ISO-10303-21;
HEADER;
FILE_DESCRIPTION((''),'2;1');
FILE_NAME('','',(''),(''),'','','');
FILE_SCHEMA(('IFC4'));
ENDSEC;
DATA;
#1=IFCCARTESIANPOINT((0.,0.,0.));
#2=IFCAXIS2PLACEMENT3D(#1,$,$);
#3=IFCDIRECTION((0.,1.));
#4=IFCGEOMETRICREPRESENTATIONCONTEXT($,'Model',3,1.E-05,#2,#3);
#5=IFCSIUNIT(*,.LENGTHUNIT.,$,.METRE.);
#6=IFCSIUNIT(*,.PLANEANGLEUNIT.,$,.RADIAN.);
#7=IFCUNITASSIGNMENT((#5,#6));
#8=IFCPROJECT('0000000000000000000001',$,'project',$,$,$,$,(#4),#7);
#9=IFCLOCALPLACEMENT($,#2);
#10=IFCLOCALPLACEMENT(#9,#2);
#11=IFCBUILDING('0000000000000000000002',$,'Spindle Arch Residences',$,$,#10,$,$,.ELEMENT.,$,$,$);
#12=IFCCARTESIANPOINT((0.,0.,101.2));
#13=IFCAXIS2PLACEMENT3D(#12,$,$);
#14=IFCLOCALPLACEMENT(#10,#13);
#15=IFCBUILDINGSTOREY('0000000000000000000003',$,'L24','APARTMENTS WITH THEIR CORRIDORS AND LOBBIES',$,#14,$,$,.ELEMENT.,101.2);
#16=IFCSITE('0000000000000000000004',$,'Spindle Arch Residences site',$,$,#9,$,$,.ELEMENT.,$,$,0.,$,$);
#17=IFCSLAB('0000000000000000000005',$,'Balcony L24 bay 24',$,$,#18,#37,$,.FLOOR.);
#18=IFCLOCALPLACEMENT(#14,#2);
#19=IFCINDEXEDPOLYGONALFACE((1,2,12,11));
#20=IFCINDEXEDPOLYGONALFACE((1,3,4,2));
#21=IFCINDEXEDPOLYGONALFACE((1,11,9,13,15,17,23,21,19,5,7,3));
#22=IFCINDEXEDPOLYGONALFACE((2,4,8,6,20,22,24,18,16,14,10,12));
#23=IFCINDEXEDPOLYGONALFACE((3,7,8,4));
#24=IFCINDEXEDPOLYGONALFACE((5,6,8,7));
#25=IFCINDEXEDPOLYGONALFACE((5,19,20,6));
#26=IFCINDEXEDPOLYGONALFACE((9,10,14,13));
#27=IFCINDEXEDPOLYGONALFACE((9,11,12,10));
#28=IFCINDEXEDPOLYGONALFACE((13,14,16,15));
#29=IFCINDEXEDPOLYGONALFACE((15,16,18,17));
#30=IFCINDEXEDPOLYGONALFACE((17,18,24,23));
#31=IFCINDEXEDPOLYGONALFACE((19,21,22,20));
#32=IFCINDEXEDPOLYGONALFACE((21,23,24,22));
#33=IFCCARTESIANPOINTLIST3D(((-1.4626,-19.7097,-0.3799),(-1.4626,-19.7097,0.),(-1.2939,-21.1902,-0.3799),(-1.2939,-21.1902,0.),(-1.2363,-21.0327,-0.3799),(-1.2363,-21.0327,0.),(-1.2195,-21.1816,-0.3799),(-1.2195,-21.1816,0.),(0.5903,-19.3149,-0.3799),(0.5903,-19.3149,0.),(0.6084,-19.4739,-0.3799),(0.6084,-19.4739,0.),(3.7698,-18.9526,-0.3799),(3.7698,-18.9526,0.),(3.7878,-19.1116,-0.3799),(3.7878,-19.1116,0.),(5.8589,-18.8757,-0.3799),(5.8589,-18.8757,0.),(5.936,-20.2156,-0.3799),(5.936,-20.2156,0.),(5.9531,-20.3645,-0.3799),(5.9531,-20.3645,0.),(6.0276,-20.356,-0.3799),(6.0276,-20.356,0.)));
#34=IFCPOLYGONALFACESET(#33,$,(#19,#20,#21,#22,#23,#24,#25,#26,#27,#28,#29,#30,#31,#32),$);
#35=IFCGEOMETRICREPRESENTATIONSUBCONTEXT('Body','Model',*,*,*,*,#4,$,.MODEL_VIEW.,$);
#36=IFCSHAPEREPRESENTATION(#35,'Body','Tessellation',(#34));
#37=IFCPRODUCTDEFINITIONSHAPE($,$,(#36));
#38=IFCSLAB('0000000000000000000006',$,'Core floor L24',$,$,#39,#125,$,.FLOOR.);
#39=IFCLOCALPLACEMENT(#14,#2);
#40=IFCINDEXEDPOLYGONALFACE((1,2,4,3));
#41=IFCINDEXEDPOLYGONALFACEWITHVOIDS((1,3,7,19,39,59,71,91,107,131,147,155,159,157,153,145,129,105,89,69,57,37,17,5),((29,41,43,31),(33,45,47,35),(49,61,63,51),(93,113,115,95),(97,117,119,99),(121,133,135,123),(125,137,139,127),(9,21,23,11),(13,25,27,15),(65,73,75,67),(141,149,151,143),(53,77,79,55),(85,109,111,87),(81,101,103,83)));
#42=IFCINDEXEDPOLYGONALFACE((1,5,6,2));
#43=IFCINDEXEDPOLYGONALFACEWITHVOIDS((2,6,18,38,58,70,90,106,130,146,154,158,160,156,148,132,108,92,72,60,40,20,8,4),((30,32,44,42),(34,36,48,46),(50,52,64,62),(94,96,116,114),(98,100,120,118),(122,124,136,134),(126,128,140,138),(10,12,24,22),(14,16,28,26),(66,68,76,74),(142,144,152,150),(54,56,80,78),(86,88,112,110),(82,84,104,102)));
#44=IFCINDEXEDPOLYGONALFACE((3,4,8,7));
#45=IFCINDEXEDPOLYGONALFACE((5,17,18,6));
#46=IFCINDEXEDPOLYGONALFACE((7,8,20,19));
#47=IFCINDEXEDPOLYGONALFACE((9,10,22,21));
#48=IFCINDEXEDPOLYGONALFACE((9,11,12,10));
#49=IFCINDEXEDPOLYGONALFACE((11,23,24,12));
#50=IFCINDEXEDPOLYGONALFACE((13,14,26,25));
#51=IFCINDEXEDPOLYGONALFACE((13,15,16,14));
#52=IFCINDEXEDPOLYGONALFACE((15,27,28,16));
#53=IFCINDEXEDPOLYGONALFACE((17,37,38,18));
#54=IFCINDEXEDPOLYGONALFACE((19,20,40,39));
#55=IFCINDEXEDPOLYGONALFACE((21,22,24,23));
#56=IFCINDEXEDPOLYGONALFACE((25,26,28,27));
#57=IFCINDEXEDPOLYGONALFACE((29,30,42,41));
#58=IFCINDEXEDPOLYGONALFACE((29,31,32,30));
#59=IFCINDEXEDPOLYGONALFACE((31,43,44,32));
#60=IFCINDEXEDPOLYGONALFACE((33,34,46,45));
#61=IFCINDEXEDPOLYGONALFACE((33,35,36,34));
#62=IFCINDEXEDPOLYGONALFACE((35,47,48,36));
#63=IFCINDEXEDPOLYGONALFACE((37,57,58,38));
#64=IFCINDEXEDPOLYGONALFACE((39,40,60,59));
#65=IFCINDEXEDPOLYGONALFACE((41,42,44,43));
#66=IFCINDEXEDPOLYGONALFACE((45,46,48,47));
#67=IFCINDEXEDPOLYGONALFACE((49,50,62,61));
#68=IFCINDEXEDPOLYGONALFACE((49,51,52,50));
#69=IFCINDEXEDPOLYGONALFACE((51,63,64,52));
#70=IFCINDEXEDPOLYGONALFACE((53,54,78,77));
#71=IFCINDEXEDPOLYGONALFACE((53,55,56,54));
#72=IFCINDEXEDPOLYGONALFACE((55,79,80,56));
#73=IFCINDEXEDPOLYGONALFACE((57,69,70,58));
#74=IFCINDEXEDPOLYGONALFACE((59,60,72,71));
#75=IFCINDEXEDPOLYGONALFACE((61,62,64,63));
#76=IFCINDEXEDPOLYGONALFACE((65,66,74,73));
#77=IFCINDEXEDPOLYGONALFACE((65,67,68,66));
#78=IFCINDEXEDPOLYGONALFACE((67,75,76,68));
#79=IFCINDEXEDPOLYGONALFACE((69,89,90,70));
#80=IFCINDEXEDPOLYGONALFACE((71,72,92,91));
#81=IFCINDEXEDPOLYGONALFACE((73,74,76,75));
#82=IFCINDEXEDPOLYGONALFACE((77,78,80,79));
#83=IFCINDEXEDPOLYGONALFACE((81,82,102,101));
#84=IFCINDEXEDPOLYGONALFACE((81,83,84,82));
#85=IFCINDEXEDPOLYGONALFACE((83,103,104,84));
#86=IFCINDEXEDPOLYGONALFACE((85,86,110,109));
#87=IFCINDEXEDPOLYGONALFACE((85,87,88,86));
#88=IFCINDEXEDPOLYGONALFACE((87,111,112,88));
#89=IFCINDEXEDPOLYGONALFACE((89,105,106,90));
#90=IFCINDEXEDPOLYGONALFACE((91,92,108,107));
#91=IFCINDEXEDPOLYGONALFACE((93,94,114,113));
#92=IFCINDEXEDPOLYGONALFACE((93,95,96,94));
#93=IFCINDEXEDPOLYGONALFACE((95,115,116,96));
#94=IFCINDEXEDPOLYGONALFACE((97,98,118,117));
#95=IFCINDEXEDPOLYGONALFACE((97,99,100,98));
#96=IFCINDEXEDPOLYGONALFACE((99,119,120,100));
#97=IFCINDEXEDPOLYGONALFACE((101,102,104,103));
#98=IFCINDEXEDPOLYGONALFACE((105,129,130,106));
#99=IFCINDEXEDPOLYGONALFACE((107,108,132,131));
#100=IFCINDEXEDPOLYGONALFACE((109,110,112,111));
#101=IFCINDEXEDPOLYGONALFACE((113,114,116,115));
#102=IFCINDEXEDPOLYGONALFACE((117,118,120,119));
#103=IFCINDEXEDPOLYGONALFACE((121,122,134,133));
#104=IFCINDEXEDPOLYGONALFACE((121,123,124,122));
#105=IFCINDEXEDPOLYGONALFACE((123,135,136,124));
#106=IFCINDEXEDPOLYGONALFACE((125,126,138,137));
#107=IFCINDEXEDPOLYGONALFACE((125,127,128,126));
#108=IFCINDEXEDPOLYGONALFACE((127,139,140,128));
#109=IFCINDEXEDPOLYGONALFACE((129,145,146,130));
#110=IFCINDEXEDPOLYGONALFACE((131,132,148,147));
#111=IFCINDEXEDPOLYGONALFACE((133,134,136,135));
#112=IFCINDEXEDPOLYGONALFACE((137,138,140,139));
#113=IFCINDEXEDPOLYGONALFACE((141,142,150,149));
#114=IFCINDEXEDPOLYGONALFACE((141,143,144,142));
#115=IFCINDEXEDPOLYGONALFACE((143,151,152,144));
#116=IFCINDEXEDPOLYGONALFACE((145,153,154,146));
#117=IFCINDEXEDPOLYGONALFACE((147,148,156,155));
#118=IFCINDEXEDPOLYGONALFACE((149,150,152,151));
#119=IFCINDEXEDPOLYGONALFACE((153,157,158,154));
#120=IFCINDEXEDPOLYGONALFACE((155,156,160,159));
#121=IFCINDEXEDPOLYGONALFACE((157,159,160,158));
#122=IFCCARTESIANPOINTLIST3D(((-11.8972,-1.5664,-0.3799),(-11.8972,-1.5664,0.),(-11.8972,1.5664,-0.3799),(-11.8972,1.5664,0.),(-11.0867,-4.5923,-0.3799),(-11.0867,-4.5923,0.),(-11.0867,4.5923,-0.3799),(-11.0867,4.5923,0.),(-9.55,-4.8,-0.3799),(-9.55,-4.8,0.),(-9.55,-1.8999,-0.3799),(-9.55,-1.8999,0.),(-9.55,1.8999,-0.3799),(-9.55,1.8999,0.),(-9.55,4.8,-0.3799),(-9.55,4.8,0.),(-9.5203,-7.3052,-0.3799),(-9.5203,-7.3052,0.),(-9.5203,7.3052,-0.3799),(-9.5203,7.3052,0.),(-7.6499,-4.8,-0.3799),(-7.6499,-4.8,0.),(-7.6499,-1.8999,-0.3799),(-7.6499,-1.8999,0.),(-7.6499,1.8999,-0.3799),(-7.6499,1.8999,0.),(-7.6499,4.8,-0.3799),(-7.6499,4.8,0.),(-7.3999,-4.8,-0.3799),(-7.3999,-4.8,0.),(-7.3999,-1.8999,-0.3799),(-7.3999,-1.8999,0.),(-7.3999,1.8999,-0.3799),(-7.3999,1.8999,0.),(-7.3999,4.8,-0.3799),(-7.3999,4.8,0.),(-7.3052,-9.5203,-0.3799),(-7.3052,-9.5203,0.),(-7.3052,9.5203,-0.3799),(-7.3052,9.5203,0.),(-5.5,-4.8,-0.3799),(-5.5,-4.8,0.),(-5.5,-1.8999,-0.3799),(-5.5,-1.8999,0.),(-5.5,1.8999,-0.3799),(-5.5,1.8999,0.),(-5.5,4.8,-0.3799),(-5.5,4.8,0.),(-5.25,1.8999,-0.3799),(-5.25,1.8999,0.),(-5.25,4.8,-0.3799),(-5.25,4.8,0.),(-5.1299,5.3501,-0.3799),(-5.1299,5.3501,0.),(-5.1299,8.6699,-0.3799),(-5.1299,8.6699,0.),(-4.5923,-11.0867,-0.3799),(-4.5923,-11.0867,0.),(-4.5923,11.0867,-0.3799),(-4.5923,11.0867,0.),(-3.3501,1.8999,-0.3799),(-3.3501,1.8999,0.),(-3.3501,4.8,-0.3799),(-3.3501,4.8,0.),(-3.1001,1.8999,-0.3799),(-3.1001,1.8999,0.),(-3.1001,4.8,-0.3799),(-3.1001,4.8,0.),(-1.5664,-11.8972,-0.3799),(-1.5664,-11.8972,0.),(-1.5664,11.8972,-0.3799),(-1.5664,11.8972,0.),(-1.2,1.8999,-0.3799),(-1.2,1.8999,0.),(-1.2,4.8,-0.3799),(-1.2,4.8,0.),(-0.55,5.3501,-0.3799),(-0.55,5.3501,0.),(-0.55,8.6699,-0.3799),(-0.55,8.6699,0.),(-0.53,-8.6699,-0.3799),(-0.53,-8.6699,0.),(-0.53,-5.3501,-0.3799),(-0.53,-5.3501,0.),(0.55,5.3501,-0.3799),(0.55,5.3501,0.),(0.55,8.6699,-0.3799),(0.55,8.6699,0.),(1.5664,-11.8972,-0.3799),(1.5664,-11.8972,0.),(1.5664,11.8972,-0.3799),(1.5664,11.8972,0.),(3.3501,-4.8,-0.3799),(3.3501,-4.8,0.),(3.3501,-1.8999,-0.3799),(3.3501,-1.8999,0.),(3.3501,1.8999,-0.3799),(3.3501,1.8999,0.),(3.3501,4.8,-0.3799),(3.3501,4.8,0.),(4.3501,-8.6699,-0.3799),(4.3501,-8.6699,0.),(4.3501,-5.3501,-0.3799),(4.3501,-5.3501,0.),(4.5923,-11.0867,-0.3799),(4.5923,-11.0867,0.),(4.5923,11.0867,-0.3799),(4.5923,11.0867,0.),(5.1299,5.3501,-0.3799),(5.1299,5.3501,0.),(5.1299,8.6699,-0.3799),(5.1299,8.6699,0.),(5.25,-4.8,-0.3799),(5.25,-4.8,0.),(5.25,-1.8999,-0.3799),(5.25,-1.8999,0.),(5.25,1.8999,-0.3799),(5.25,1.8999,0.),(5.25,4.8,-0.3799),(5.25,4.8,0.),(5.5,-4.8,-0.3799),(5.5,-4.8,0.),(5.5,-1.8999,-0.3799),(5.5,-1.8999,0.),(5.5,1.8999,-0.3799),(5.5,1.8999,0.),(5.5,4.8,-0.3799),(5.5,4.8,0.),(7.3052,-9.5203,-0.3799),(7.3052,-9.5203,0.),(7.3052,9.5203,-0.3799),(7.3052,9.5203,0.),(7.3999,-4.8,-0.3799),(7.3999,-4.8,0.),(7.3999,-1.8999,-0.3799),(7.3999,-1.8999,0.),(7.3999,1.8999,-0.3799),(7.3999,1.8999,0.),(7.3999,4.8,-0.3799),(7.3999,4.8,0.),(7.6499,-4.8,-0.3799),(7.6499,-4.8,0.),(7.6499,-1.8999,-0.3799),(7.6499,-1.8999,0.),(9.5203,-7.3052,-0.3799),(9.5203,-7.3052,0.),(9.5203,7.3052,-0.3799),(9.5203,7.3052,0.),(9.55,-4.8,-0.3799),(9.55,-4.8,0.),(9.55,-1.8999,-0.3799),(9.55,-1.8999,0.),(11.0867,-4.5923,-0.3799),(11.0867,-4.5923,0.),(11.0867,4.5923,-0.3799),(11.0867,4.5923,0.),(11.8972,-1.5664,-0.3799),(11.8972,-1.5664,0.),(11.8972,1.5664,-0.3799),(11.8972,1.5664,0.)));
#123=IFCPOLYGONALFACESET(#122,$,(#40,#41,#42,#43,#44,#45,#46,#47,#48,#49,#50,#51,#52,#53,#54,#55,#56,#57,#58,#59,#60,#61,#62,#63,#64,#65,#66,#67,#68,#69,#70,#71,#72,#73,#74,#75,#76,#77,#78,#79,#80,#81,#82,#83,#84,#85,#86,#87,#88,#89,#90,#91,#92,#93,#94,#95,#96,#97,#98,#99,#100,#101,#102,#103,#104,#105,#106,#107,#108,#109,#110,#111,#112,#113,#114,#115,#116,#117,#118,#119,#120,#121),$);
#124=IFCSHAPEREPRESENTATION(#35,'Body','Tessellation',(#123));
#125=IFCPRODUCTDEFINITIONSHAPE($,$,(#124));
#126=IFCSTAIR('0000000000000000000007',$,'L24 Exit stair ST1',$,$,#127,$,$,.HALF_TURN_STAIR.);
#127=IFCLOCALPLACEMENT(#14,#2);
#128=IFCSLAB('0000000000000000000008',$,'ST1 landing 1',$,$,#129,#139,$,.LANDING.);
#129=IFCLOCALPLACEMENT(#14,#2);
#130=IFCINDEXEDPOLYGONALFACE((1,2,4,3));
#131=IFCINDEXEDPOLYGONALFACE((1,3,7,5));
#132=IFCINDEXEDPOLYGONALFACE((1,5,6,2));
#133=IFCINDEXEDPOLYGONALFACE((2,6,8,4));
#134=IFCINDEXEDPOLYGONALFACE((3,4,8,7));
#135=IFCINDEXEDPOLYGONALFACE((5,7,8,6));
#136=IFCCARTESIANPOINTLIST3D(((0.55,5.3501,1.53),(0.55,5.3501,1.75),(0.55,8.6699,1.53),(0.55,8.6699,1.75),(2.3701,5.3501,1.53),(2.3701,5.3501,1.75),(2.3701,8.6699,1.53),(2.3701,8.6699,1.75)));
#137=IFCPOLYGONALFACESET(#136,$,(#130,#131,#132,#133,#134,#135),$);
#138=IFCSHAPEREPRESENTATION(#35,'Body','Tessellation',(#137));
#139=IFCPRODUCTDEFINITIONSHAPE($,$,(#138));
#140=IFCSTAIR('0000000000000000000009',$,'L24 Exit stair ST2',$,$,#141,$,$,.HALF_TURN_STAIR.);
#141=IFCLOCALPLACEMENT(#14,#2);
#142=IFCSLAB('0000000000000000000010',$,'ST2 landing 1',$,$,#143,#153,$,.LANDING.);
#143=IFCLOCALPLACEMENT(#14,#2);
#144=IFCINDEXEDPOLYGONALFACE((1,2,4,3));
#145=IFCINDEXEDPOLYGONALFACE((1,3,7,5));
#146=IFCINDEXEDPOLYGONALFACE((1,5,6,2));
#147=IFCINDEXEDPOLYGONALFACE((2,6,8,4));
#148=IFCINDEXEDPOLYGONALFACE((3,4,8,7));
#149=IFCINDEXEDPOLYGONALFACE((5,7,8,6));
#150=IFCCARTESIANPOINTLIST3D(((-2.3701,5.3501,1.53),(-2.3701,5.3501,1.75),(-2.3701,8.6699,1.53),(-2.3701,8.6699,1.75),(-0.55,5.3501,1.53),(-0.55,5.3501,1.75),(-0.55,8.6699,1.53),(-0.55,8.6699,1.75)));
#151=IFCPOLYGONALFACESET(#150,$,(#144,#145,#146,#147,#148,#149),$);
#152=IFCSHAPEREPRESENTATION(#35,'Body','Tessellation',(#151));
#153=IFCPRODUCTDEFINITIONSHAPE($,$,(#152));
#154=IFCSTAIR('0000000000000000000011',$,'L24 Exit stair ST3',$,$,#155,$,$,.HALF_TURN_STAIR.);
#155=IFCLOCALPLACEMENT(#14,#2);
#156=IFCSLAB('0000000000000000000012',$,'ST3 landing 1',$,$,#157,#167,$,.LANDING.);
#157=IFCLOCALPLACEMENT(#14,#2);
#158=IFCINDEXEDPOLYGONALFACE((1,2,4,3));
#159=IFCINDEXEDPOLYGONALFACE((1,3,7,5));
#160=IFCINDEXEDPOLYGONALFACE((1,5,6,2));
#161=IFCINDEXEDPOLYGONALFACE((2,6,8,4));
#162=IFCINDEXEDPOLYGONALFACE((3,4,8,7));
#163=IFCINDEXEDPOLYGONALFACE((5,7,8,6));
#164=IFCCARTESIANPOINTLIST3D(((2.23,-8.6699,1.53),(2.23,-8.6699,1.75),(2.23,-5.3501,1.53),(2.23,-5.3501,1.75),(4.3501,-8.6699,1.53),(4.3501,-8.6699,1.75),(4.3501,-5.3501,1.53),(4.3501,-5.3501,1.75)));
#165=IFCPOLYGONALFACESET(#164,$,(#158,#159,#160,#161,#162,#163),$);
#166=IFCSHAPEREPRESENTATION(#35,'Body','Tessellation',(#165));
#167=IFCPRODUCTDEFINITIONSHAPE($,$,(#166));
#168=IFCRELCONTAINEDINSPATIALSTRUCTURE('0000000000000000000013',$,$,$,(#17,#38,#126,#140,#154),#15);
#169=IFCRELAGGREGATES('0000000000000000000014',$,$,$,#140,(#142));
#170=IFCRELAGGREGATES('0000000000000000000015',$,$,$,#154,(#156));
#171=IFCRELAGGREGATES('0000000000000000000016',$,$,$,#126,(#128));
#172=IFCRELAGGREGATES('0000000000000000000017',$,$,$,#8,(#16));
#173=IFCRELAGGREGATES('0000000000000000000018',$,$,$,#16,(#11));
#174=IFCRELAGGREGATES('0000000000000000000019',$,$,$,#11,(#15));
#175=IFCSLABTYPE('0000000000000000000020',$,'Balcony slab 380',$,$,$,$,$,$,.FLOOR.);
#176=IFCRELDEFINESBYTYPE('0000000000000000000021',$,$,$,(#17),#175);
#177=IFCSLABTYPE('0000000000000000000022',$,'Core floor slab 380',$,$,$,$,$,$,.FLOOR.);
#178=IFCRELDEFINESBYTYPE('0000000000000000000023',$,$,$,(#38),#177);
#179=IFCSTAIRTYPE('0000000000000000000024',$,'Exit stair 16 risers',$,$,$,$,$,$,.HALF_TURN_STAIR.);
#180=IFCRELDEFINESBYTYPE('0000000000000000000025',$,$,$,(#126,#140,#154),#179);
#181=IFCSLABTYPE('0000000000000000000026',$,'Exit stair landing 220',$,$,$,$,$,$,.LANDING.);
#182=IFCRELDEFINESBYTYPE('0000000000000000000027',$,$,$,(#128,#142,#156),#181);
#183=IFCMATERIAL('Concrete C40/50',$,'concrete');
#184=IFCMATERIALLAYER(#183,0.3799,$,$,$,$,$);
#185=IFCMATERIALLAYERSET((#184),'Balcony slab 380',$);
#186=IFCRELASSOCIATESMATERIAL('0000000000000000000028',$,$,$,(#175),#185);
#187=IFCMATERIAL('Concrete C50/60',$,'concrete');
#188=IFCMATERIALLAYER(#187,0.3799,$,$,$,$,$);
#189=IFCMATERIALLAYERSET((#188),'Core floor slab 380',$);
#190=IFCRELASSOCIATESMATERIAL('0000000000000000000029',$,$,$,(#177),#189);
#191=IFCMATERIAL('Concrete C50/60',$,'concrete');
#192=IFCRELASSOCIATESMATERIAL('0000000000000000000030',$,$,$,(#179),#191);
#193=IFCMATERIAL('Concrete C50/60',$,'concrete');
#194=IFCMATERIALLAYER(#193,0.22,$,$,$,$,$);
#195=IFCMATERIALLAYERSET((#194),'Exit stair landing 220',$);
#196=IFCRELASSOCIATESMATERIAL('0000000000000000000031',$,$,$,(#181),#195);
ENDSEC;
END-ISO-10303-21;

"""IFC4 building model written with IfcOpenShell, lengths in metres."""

from ifc_helpers import new_model, si_unit, direction, frame, origin, place, context, subcontext, project, spatial, polyline, outline, extrude, material, layer, layer_set, type_object, element, aggregate, save


model = new_model("IFC4")

# Units and contexts
model_context = context("Model", 3, precision=1e-05, world=origin(), true_north=direction((0.0, 1.0)))
body_context = subcontext(model_context, "Body", "Model", "MODEL_VIEW")
ifc_project = project(units=[si_unit("LENGTHUNIT", "METRE"), si_unit("PLANEANGLEUNIT", "RADIAN")], contexts=[model_context])

# Site, building, storey
site_placement = place(None, origin())
site = spatial("IfcSite", under=ifc_project, at=site_placement, Name="Spindle Arch Residences site", CompositionType="ELEMENT", RefElevation=0.0)
building_placement = place(site_placement, origin())
building = spatial("IfcBuilding", under=site, at=building_placement, Name="Spindle Arch Residences", CompositionType="ELEMENT")
storey_placement = place(building_placement, frame((0.0, 0.0, 101.2)))
storey = spatial("IfcBuildingStorey", under=building, at=storey_placement, Name="L24", Description="APARTMENTS WITH THEIR CORRIDORS AND LOBBIES", CompositionType="ELEMENT", Elevation=101.2)

# Slabs
ifc_material_1 = material(Name="Concrete C40/50", Category="concrete")
ifc_layer_1 = layer(ifc_material_1, 0.3799)
ifc_layer_set_1 = layer_set([ifc_layer_1], Name="Balcony slab 380")
slab_type_1 = type_object("IfcSlabType", Name="Balcony slab 380", PredefinedType="FLOOR", material=ifc_layer_set_1)
slab_1_placement = place(storey_placement, frame((0.0, 0.0, -0.3799)))
element("IfcSlab", 1, at=slab_1_placement, inside=storey, type_object=slab_type_1, Name="Balcony L24 bay 24", PredefinedType="FLOOR", context=body_context, shape_type="SweptSolid", body=[
    extrude(outline(polyline([(-1.2939, -21.1902), (-1.2195, -21.1816), (-1.2363, -21.0327), (5.936, -20.2156), (5.9531, -20.3645), (6.0276, -20.356), (5.8589, -18.8757), (3.7878, -19.1116), (3.7698, -18.9526), (0.5903, -19.3149), (0.6084, -19.4739), (-1.4626, -19.7097), (-1.2939, -21.1902)])), origin(), (0.0, 0.0, 1.0), 0.3799),
])
ifc_material_2 = material(Name="Concrete C50/60", Category="concrete")
ifc_layer_2 = layer(ifc_material_2, 0.3799)
ifc_layer_set_2 = layer_set([ifc_layer_2], Name="Core floor slab 380")
slab_type_2 = type_object("IfcSlabType", Name="Core floor slab 380", PredefinedType="FLOOR", material=ifc_layer_set_2)
slab_2_placement = place(storey_placement, frame((0.0, 0.0, -0.3799)))
element("IfcSlab", 2, at=slab_2_placement, inside=storey, type_object=slab_type_2, Name="Core floor L24", PredefinedType="FLOOR", context=body_context, shape_type="SweptSolid", body=[
    extrude(outline(polyline([(1.5664, -11.8972), (4.5923, -11.0867), (7.3052, -9.5203), (9.5203, -7.3052), (11.0867, -4.5923), (11.8972, -1.5664), (11.8972, 1.5664), (11.0867, 4.5923), (9.5203, 7.3052), (7.3052, 9.5203), (4.5923, 11.0867), (1.5664, 11.8972), (-1.5664, 11.8972), (-4.5923, 11.0867), (-7.3052, 9.5203), (-9.5203, 7.3052), (-11.0867, 4.5923), (-11.8972, 1.5664), (-11.8972, -1.5664), (-11.0867, -4.5923), (-9.5203, -7.3052), (-7.3052, -9.5203), (-4.5923, -11.0867), (-1.5664, -11.8972), (1.5664, -11.8972)]), holes=[polyline([(-9.55, 1.8999), (-7.6499, 1.8999), (-7.6499, 4.8), (-9.55, 4.8), (-9.55, 1.8999)]), polyline([(-7.3999, 1.8999), (-5.5, 1.8999), (-5.5, 4.8), (-7.3999, 4.8), (-7.3999, 1.8999)]), polyline([(-5.25, 1.8999), (-3.3501, 1.8999), (-3.3501, 4.8), (-5.25, 4.8), (-5.25, 1.8999)]), polyline([(-3.1001, 1.8999), (-1.2, 1.8999), (-1.2, 4.8), (-3.1001, 4.8), (-3.1001, 1.8999)]), polyline([(3.3501, 1.8999), (5.25, 1.8999), (5.25, 4.8), (3.3501, 4.8), (3.3501, 1.8999)]), polyline([(5.5, 1.8999), (7.3999, 1.8999), (7.3999, 4.8), (5.5, 4.8), (5.5, 1.8999)]), polyline([(-9.55, -4.8), (-7.6499, -4.8), (-7.6499, -1.8999), (-9.55, -1.8999), (-9.55, -4.8)]), polyline([(-7.3999, -4.8), (-5.5, -4.8), (-5.5, -1.8999), (-7.3999, -1.8999), (-7.3999, -4.8)]), polyline([(3.3501, -4.8), (5.25, -4.8), (5.25, -1.8999), (3.3501, -1.8999), (3.3501, -4.8)]), polyline([(5.5, -4.8), (7.3999, -4.8), (7.3999, -1.8999), (5.5, -1.8999), (5.5, -4.8)]), polyline([(7.6499, -4.8), (9.55, -4.8), (9.55, -1.8999), (7.6499, -1.8999), (7.6499, -4.8)]), polyline([(5.1299, 8.6699), (0.55, 8.6699), (0.55, 5.3501), (5.1299, 5.3501), (5.1299, 8.6699)]), polyline([(-5.1299, 5.3501), (-0.55, 5.3501), (-0.55, 8.6699), (-5.1299, 8.6699), (-5.1299, 5.3501)]), polyline([(-0.53, -8.6699), (4.3501, -8.6699), (4.3501, -5.3501), (-0.53, -5.3501), (-0.53, -8.6699)])]), origin(), (0.0, 0.0, 1.0), 0.3799),
])

# Stairs, slabs
ifc_material_3 = material(Name="Concrete C50/60", Category="concrete")
stair_type = type_object("IfcStairType", Name="Exit stair 16 risers", PredefinedType="HALF_TURN_STAIR", material=ifc_material_3)
stair_1_placement = place(storey_placement, origin())
stair_1 = element("IfcStair", 3, at=stair_1_placement, inside=storey, type_object=stair_type, Name="L24 Exit stair ST1", PredefinedType="HALF_TURN_STAIR")
ifc_material_4 = material(Name="Concrete C50/60", Category="concrete")
ifc_layer_3 = layer(ifc_material_4, 0.22)
ifc_layer_set_3 = layer_set([ifc_layer_3], Name="Exit stair landing 220")
slab_type_3 = type_object("IfcSlabType", Name="Exit stair landing 220", PredefinedType="LANDING", material=ifc_layer_set_3)
slab_3_placement = place(storey_placement, frame((0.0, 0.0, 1.53)))
slab_3 = element("IfcSlab", 4, at=slab_3_placement, type_object=slab_type_3, Name="ST1 landing 1", PredefinedType="LANDING", context=body_context, shape_type="SweptSolid", body=[
    extrude(outline(polyline([(2.3701, 8.6699), (0.55, 8.6699), (0.55, 5.3501), (2.3701, 5.3501), (2.3701, 8.6699)])), origin(), (0.0, 0.0, 1.0), 0.22),
])
stair_2_placement = place(storey_placement, origin())
stair_2 = element("IfcStair", 5, at=stair_2_placement, inside=storey, type_object=stair_type, Name="L24 Exit stair ST2", PredefinedType="HALF_TURN_STAIR")
slab_4_placement = place(storey_placement, frame((0.0, 0.0, 1.53)))
slab_4 = element("IfcSlab", 6, at=slab_4_placement, type_object=slab_type_3, Name="ST2 landing 1", PredefinedType="LANDING", context=body_context, shape_type="SweptSolid", body=[
    extrude(outline(polyline([(-2.3701, 5.3501), (-0.55, 5.3501), (-0.55, 8.6699), (-2.3701, 8.6699), (-2.3701, 5.3501)])), origin(), (0.0, 0.0, 1.0), 0.22),
])
aggregate(stair_2, [slab_4])
stair_3_placement = place(storey_placement, origin())
stair_3 = element("IfcStair", 7, at=stair_3_placement, inside=storey, type_object=stair_type, Name="L24 Exit stair ST3", PredefinedType="HALF_TURN_STAIR")
slab_5_placement = place(storey_placement, frame((0.0, 0.0, 1.53)))
slab_5 = element("IfcSlab", 8, at=slab_5_placement, type_object=slab_type_3, Name="ST3 landing 1", PredefinedType="LANDING", context=body_context, shape_type="SweptSolid", body=[
    extrude(outline(polyline([(2.23, -8.6699), (4.3501, -8.6699), (4.3501, -5.3501), (2.23, -5.3501), (2.23, -8.6699)])), origin(), (0.0, 0.0, 1.0), 0.22),
])
aggregate(stair_3, [slab_5])

aggregate(stair_1, [slab_3])

save(model, "model.ifc")
